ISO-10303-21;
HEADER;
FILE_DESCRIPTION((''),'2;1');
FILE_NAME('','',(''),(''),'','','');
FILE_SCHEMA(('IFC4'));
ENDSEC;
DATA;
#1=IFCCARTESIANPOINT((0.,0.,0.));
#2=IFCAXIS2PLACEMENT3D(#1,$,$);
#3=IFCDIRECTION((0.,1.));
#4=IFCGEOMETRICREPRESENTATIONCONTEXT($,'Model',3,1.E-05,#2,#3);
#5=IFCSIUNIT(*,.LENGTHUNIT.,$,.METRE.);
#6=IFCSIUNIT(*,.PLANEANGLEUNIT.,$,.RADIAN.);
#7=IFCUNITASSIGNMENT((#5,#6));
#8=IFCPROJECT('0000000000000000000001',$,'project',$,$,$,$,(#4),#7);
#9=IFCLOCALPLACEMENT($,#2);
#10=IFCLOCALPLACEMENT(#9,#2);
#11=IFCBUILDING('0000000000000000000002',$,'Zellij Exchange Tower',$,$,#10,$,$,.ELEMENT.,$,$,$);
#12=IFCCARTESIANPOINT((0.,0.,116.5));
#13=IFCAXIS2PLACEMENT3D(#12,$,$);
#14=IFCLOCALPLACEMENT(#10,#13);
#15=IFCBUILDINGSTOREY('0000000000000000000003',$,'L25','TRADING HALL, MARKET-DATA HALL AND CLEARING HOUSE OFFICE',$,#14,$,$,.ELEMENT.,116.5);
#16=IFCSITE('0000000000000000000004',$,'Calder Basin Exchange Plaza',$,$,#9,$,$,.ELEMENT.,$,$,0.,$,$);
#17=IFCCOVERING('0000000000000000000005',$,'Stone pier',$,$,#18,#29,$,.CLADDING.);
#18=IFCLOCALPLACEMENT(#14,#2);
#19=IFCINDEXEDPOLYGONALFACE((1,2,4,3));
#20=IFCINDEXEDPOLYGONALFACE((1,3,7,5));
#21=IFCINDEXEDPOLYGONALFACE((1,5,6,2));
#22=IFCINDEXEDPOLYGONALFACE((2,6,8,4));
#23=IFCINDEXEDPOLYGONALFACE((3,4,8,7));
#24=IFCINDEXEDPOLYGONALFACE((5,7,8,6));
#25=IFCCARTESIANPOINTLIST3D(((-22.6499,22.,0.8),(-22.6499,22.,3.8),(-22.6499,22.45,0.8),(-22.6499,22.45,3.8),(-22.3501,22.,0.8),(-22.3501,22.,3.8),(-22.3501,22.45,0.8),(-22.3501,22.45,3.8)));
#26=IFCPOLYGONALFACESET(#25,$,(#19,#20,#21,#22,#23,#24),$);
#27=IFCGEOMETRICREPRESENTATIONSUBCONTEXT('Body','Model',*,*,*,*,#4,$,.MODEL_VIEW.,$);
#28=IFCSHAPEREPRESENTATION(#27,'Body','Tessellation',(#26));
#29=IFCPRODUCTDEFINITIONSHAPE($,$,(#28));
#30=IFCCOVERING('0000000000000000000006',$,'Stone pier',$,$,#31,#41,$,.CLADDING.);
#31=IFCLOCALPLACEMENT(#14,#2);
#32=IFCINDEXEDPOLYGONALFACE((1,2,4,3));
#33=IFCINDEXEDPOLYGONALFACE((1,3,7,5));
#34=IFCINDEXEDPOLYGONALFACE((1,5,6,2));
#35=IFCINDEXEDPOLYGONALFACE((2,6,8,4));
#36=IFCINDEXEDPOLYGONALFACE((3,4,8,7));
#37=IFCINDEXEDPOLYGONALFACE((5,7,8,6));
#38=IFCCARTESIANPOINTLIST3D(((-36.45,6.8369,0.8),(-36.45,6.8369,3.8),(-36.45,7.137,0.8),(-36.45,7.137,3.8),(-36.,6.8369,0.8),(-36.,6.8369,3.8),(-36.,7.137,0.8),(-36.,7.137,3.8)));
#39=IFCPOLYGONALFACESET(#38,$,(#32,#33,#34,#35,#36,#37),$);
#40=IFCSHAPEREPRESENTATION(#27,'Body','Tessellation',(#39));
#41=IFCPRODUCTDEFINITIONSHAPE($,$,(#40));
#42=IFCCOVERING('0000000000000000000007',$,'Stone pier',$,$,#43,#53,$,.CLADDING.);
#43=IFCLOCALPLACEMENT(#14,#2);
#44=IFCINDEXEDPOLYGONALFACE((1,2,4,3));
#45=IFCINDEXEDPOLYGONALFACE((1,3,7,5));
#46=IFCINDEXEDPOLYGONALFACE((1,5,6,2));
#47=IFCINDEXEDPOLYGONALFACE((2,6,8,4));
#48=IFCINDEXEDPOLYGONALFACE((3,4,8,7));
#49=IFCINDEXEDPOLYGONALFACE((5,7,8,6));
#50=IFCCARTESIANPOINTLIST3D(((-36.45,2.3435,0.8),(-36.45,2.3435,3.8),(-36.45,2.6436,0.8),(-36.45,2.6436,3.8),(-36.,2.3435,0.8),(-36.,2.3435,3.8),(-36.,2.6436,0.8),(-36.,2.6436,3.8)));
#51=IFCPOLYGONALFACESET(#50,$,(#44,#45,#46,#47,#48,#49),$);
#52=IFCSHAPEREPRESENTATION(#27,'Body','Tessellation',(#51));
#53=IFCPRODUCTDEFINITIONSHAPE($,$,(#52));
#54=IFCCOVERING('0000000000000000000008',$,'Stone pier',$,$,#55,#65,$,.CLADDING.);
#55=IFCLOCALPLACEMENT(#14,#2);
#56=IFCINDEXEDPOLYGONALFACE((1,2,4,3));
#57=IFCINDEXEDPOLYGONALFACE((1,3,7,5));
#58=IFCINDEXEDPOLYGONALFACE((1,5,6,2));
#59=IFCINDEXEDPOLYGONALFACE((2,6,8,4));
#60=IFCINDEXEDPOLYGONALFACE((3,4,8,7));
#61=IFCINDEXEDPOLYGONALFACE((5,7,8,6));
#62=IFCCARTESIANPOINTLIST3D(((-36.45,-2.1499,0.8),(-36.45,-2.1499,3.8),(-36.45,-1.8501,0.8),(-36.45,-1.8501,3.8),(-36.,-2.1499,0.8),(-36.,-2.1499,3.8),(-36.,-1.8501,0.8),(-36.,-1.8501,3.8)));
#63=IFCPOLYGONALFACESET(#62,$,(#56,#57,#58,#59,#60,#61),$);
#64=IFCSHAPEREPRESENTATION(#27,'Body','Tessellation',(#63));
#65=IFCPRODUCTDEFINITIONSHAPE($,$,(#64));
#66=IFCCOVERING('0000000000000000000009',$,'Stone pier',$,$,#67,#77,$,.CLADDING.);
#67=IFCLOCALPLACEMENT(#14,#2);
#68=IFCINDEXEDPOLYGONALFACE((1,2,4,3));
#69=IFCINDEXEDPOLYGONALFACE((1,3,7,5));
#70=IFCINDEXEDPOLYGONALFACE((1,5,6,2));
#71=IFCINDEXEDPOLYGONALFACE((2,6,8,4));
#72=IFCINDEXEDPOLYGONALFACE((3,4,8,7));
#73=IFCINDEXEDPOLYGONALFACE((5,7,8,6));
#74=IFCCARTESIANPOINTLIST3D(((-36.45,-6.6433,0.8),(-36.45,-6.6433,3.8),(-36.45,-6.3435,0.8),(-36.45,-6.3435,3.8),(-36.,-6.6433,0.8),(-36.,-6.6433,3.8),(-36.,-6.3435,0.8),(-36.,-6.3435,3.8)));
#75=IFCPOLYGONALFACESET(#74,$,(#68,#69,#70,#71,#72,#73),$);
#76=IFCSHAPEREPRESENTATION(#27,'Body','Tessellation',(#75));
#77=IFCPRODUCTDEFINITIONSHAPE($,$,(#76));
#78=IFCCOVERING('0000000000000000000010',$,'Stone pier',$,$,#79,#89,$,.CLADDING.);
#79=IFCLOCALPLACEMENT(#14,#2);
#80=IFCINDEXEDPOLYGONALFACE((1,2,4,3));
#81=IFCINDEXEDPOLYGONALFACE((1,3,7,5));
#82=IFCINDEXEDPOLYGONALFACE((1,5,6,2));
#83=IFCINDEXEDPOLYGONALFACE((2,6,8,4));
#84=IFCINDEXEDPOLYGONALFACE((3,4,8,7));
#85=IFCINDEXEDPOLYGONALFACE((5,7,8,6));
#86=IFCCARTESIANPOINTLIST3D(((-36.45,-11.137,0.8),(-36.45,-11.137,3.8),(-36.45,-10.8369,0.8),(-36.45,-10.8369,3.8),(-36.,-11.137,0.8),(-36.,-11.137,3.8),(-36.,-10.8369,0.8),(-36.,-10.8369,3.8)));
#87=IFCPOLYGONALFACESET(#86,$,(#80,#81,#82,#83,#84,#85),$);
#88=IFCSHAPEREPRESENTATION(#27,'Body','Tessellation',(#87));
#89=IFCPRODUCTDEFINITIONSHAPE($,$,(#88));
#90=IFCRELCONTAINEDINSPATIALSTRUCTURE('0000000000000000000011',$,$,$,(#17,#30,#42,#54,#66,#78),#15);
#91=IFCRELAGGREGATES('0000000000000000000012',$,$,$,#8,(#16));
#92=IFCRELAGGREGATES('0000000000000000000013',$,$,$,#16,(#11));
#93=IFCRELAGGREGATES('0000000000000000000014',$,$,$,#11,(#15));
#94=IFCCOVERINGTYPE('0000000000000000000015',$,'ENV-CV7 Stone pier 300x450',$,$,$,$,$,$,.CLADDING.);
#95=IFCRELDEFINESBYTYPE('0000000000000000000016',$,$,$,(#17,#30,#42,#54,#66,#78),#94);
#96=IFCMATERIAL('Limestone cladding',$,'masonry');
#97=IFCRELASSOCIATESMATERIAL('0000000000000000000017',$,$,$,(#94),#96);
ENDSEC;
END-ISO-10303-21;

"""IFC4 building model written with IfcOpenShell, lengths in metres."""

from ifc_helpers import new_model, si_unit, direction, frame, origin, place, context, subcontext, project, spatial, polyline, outline, extrude, material, type_object, element, save


model = new_model("IFC4")

# Units and contexts
model_context = context("Model", 3, precision=1e-05, world=origin(), true_north=direction((0.0, 1.0)))
body_context = subcontext(model_context, "Body", "Model", "MODEL_VIEW")
ifc_project = project(units=[si_unit("LENGTHUNIT", "METRE"), si_unit("PLANEANGLEUNIT", "RADIAN")], contexts=[model_context])

# Site, building, storey
site_placement = place(None, origin())
site = spatial("IfcSite", under=ifc_project, at=site_placement, Name="Calder Basin Exchange Plaza", CompositionType="ELEMENT", RefElevation=0.0)
building_placement = place(site_placement, origin())
building = spatial("IfcBuilding", under=site, at=building_placement, Name="Zellij Exchange Tower", CompositionType="ELEMENT")
storey_placement = place(building_placement, frame((0.0, 0.0, 116.5)))
storey = spatial("IfcBuildingStorey", under=building, at=storey_placement, Name="L25", Description="TRADING HALL, MARKET-DATA HALL AND CLEARING HOUSE OFFICE", CompositionType="ELEMENT", Elevation=116.5)

# Coverings
ifc_material_1 = material(Name="Limestone cladding", Category="masonry")
covering_type_1 = type_object("IfcCoveringType", Name="ENV-CV7 Stone pier 300x450", PredefinedType="CLADDING", material=ifc_material_1)
covering_1_placement = place(storey_placement, frame((0.0, 0.0, 0.8)))
element("IfcCovering", 1, at=covering_1_placement, inside=storey, type_object=covering_type_1, Name="Stone pier", PredefinedType="CLADDING", context=body_context, shape_type="SweptSolid", body=[
    extrude(outline(polyline([(-22.3501, 22.0), (-22.6499, 22.0), (-22.6499, 22.45), (-22.3501, 22.45), (-22.3501, 22.0)])), origin(), (0.0, 0.0, 1.0), 3.0),
])
covering_2_placement = place(storey_placement, frame((0.0, 0.0, 0.8)))
element("IfcCovering", 2, at=covering_2_placement, inside=storey, type_object=covering_type_1, Name="Stone pier", PredefinedType="CLADDING", context=body_context, shape_type="SweptSolid", body=[
    extrude(outline(polyline([(-36.0, 7.137), (-36.0, 6.8369), (-36.45, 6.8369), (-36.45, 7.137), (-36.0, 7.137)])), origin(), (0.0, 0.0, 1.0), 3.0),
])
covering_3_placement = place(storey_placement, frame((0.0, 0.0, 0.8)))
element("IfcCovering", 3, at=covering_3_placement, inside=storey, type_object=covering_type_1, Name="Stone pier", PredefinedType="CLADDING", context=body_context, shape_type="SweptSolid", body=[
    extrude(outline(polyline([(-36.0, 2.6436), (-36.0, 2.3435), (-36.45, 2.3435), (-36.45, 2.6436), (-36.0, 2.6436)])), origin(), (0.0, 0.0, 1.0), 3.0),
])
covering_4_placement = place(storey_placement, frame((0.0, 0.0, 0.8)))
element("IfcCovering", 4, at=covering_4_placement, inside=storey, type_object=covering_type_1, Name="Stone pier", PredefinedType="CLADDING", context=body_context, shape_type="SweptSolid", body=[
    extrude(outline(polyline([(-36.0, -1.8501), (-36.0, -2.1499), (-36.45, -2.1499), (-36.45, -1.8501), (-36.0, -1.8501)])), origin(), (0.0, 0.0, 1.0), 3.0),
])
covering_5_placement = place(storey_placement, frame((0.0, 0.0, 0.8)))
element("IfcCovering", 5, at=covering_5_placement, inside=storey, type_object=covering_type_1, Name="Stone pier", PredefinedType="CLADDING", context=body_context, shape_type="SweptSolid", body=[
    extrude(outline(polyline([(-36.0, -6.3435), (-36.0, -6.6433), (-36.45, -6.6433), (-36.45, -6.3435), (-36.0, -6.3435)])), origin(), (0.0, 0.0, 1.0), 3.0),
])
covering_6_placement = place(storey_placement, frame((0.0, 0.0, 0.8)))
element("IfcCovering", 6, at=covering_6_placement, inside=storey, type_object=covering_type_1, Name="Stone pier", PredefinedType="CLADDING", context=body_context, shape_type="SweptSolid", body=[
    extrude(outline(polyline([(-36.0, -10.8369), (-36.0, -11.137), (-36.45, -11.137), (-36.45, -10.8369), (-36.0, -10.8369)])), origin(), (0.0, 0.0, 1.0), 3.0),
])

save(model, "model.ifc")
